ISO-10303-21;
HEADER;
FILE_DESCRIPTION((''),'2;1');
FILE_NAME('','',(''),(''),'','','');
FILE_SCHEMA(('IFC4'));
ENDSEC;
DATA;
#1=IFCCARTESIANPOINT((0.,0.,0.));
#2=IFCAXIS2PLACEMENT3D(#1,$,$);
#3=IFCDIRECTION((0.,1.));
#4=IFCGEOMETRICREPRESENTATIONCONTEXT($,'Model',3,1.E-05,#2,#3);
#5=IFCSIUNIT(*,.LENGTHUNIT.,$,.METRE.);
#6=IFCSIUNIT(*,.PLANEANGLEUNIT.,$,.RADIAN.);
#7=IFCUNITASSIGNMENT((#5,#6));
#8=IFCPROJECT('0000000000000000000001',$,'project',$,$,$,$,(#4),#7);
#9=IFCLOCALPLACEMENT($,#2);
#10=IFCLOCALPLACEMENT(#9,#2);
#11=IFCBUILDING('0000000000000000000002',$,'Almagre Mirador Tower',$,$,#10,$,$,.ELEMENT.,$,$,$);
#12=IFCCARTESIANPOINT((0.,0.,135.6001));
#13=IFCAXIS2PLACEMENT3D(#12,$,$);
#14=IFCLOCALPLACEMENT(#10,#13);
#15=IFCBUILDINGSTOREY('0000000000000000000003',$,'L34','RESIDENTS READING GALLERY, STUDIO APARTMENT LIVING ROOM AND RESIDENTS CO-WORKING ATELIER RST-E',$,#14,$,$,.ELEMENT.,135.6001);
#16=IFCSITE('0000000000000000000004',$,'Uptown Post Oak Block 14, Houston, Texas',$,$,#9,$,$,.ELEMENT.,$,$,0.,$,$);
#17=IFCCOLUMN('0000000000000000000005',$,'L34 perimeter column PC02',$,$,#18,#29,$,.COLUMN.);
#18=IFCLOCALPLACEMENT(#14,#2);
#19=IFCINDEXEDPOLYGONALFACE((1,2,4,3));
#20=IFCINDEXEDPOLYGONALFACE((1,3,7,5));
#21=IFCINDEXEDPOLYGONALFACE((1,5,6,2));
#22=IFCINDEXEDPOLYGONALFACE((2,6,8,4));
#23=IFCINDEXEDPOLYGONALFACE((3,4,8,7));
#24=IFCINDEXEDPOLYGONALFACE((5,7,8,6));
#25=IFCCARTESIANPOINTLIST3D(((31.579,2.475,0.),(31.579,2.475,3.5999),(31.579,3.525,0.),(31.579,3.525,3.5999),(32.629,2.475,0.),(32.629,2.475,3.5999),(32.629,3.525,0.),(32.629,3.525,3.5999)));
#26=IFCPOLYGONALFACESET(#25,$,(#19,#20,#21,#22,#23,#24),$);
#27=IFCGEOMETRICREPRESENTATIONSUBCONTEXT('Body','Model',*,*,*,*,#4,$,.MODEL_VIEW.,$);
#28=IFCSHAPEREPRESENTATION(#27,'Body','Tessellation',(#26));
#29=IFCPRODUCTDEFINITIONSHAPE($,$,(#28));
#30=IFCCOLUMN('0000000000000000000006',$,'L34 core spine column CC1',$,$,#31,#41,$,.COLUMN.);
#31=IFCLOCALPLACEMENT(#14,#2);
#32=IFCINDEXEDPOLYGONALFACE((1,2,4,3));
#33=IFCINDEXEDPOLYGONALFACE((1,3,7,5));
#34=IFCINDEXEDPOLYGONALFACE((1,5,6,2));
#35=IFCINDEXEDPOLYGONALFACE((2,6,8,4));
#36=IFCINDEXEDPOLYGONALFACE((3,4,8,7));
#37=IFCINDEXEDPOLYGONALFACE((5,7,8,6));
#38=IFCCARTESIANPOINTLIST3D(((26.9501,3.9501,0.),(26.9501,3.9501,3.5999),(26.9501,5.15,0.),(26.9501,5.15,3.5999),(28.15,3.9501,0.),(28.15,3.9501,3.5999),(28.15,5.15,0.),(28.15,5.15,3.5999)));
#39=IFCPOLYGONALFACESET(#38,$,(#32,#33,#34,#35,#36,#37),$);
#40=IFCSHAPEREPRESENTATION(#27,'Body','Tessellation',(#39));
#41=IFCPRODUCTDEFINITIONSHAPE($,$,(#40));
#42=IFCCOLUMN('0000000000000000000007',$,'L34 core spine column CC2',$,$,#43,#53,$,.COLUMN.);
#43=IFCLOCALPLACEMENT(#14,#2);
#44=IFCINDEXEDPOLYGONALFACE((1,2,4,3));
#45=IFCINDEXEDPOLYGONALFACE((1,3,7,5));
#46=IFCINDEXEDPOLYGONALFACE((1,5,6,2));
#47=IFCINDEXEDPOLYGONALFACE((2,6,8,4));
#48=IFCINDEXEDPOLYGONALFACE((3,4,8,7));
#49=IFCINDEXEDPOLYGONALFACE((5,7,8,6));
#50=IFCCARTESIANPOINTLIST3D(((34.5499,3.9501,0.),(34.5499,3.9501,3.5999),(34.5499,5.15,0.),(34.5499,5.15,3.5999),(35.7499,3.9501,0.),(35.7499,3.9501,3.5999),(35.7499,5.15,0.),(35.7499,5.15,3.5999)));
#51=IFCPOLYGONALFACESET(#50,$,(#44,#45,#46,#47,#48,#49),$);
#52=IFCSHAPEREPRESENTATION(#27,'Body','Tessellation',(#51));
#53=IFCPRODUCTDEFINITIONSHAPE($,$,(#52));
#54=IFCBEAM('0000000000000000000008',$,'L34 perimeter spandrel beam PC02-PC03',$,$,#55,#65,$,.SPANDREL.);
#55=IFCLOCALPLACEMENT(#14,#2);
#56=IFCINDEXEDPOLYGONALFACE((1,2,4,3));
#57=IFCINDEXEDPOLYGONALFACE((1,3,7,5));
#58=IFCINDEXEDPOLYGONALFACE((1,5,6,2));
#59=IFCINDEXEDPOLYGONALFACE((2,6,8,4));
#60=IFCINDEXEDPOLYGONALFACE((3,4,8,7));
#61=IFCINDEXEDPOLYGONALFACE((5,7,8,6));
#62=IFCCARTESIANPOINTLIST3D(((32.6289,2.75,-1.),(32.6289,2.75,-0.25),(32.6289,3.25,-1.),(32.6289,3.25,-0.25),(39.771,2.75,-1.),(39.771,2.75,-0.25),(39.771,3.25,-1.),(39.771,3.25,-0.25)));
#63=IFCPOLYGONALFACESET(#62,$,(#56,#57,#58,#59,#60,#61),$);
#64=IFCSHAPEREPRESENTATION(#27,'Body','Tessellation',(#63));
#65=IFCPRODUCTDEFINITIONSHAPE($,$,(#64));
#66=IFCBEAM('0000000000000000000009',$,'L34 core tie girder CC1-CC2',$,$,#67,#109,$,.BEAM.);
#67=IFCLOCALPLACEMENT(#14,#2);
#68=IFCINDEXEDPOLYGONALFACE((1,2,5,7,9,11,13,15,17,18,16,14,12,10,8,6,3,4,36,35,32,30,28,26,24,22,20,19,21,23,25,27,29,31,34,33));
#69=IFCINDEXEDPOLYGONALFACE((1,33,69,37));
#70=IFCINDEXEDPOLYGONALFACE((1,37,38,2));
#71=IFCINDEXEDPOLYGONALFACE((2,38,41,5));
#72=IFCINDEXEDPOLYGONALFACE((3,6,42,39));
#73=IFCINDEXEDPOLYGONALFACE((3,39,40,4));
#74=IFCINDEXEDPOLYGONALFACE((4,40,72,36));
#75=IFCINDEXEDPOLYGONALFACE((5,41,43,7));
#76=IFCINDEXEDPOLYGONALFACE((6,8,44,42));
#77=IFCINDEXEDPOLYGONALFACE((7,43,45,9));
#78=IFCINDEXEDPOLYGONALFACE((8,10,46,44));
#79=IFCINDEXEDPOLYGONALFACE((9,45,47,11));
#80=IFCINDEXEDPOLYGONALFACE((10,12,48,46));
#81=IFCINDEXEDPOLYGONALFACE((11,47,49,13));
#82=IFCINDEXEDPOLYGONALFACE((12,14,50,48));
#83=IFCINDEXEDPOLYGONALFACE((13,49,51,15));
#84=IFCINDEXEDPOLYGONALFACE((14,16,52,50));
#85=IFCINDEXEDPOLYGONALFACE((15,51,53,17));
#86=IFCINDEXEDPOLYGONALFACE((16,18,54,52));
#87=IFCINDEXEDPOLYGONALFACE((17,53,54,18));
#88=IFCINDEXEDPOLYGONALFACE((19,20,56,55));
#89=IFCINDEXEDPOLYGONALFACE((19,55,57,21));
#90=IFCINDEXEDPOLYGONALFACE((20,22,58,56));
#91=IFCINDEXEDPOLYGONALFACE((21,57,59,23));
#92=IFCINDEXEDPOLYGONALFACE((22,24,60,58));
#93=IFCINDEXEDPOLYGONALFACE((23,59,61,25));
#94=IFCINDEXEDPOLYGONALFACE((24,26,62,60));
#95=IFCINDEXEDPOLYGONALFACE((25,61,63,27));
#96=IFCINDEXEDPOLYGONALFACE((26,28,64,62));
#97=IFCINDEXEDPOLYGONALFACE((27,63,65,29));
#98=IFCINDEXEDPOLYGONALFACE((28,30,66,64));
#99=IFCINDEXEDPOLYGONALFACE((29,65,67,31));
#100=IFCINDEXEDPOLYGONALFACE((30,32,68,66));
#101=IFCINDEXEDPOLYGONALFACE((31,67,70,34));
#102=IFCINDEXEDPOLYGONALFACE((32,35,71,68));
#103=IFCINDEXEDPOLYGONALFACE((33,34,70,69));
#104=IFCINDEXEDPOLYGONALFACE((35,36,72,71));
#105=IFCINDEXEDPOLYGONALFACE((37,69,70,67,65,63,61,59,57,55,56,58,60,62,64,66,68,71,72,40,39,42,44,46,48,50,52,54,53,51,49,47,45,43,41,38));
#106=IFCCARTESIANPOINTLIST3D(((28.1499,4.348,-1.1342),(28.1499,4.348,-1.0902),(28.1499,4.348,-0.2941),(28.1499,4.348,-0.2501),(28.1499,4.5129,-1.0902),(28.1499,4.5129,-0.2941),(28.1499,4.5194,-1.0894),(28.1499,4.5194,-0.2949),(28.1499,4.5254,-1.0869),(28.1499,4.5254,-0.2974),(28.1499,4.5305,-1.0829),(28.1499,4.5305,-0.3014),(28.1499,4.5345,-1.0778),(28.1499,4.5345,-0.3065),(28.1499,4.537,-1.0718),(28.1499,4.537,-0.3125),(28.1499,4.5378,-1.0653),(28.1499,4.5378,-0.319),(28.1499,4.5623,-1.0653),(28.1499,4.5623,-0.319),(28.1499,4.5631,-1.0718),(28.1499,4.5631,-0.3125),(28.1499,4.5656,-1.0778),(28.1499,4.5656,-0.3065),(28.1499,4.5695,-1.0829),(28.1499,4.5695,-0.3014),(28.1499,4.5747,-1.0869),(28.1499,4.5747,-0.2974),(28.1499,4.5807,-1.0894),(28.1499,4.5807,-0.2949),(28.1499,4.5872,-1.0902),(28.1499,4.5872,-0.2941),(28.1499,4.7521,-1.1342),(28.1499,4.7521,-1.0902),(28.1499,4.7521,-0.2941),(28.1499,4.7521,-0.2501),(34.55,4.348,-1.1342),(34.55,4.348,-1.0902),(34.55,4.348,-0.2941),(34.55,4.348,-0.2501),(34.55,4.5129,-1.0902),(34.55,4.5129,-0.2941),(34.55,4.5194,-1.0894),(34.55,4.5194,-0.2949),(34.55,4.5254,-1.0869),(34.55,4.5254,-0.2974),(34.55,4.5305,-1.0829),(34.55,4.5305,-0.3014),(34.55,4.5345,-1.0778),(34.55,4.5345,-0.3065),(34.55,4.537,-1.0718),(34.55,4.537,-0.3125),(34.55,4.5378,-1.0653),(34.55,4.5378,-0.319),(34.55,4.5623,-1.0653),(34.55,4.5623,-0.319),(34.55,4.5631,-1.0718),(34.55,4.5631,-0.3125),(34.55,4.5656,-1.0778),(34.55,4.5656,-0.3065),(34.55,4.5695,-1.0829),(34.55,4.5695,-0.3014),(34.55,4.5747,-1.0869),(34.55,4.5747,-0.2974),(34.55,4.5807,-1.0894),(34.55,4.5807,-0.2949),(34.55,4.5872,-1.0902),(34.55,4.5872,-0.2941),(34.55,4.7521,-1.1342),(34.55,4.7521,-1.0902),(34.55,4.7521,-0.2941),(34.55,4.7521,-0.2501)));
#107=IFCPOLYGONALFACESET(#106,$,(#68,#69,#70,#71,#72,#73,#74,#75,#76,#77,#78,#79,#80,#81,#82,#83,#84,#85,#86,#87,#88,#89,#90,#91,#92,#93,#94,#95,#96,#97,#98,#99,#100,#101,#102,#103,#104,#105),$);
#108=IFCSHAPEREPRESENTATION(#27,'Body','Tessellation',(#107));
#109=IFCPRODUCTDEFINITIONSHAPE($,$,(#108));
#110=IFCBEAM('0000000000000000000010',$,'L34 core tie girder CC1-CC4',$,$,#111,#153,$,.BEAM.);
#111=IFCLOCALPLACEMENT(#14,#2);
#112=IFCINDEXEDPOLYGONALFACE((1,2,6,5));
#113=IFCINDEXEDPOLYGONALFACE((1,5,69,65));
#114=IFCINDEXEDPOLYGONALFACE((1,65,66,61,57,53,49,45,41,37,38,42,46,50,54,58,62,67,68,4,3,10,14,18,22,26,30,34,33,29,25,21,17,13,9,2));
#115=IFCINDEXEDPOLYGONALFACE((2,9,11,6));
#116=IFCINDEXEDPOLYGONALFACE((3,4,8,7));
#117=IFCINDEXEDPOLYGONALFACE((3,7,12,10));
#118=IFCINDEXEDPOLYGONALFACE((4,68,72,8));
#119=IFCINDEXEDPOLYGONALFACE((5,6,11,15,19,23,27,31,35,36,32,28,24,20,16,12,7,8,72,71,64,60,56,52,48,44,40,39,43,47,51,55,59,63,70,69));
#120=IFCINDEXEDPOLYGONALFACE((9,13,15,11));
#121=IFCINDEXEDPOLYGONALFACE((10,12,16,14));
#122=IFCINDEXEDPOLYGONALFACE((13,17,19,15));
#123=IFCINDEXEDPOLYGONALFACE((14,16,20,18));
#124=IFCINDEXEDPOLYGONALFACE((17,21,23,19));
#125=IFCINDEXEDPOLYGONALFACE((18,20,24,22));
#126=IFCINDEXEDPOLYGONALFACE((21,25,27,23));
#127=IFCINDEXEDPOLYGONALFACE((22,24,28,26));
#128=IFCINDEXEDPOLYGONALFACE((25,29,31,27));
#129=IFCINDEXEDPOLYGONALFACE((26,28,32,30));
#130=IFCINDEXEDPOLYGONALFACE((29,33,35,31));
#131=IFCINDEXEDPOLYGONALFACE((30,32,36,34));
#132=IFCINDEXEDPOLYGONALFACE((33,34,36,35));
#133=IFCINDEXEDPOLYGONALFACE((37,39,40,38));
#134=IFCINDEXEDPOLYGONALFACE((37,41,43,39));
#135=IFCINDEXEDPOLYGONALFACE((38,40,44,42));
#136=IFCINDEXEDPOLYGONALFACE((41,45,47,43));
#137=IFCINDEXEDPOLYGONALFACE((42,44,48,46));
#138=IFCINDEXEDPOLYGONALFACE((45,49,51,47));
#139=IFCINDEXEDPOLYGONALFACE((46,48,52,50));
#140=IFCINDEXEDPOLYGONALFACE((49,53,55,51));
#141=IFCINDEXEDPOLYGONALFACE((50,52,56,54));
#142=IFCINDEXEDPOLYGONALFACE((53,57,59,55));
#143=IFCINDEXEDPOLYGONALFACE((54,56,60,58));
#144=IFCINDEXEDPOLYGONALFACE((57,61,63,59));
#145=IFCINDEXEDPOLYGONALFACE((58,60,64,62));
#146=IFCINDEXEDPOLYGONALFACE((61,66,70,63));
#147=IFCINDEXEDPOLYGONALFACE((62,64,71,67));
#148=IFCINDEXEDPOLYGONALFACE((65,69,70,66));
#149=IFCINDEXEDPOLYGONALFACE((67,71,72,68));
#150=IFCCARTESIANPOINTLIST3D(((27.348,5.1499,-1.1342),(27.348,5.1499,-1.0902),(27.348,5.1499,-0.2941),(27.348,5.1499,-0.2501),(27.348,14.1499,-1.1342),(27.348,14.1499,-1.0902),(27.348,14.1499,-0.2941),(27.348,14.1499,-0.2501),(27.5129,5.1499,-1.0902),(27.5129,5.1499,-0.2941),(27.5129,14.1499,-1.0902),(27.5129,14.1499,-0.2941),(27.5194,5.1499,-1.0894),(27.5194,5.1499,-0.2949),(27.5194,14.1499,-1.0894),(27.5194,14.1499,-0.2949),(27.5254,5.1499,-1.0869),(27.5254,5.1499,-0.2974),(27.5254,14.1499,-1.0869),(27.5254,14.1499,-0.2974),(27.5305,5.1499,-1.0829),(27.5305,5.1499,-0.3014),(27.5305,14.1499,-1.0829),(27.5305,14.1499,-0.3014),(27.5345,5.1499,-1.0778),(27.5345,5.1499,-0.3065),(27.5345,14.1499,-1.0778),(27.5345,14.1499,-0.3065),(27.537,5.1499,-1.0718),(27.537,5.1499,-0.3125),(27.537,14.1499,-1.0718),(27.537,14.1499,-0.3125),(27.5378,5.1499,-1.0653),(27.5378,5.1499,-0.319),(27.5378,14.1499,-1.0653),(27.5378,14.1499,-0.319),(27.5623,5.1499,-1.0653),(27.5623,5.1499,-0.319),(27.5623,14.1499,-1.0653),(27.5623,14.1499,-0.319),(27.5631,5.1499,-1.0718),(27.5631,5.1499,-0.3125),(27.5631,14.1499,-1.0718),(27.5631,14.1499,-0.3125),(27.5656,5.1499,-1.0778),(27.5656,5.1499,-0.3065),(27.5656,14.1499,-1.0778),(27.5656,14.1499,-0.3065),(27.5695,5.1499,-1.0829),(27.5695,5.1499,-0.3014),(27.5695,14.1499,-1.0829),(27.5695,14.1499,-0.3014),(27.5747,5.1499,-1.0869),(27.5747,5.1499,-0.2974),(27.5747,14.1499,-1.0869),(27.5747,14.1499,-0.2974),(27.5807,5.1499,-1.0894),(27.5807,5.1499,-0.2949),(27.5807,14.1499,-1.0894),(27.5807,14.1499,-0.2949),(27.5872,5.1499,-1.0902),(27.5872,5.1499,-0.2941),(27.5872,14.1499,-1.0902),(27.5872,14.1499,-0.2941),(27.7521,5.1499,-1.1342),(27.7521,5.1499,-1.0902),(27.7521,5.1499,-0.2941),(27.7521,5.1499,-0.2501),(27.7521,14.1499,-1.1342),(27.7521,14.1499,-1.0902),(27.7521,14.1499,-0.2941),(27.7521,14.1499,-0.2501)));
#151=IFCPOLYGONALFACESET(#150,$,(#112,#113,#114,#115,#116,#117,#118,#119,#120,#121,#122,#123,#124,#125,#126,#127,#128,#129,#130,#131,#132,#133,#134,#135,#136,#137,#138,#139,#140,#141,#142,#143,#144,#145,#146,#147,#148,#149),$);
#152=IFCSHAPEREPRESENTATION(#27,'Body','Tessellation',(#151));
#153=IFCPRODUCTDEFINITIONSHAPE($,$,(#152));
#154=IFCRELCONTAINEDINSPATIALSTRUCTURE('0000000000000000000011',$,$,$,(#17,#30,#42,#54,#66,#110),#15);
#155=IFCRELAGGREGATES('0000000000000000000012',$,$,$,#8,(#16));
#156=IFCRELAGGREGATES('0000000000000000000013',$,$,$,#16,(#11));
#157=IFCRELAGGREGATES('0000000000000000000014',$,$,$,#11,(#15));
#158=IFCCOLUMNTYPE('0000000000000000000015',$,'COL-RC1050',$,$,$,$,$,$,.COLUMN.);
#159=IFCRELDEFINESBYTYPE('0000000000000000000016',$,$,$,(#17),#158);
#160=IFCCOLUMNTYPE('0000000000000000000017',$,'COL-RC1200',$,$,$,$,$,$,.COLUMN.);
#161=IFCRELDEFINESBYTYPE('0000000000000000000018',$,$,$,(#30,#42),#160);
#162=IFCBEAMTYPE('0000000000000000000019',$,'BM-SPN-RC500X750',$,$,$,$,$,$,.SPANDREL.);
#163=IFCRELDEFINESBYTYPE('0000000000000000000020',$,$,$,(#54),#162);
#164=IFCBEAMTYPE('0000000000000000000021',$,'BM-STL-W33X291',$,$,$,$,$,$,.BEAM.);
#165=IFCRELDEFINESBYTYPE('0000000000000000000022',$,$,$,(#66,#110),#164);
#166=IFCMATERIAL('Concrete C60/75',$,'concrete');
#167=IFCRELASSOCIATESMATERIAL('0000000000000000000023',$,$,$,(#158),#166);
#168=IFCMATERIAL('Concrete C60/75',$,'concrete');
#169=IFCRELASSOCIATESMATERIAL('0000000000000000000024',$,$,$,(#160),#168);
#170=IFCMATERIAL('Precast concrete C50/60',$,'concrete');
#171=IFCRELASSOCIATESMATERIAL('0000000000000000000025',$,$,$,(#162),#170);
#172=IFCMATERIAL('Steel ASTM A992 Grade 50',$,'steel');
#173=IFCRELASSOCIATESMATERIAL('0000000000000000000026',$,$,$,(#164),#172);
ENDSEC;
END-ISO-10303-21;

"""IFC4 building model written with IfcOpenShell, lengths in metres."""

from ifc_helpers import new_model, si_unit, direction, frame, origin, origin_2d, place, context, subcontext, project, spatial, rectangle, i_section, extrude, material, material_profile, profile_set, type_object, element, save


model = new_model("IFC4")

# Units and contexts
model_context = context("Model", 3, precision=1e-05, world=origin(), true_north=direction((0.0, 1.0)))
body_context = subcontext(model_context, "Body", "Model", "MODEL_VIEW")
ifc_project = project(units=[si_unit("LENGTHUNIT", "METRE"), si_unit("PLANEANGLEUNIT", "RADIAN")], contexts=[model_context])

# Site, building, storey
site_placement = place(None, origin())
site = spatial("IfcSite", under=ifc_project, at=site_placement, Name="Uptown Post Oak Block 14, Houston, Texas", CompositionType="ELEMENT", RefElevation=0.0)
building_placement = place(site_placement, origin())
building = spatial("IfcBuilding", under=site, at=building_placement, Name="Almagre Mirador Tower", CompositionType="ELEMENT")
storey_placement = place(building_placement, frame((0.0, 0.0, 135.6001)))
storey = spatial("IfcBuildingStorey", under=building, at=storey_placement, Name="L34", Description="RESIDENTS READING GALLERY, STUDIO APARTMENT LIVING ROOM AND RESIDENTS CO-WORKING ATELIER RST-E", CompositionType="ELEMENT", Elevation=135.6001)

# Columns
ifc_material_1 = material(Name="Concrete C60/75", Category="concrete")
ifc_material_profile_1 = material_profile(ifc_material_1, rectangle(XDim=1.05, YDim=1.05, at=origin_2d()), Name="RC1050X1050")
ifc_profile_set_1 = profile_set([ifc_material_profile_1], Name="Concrete C60/75")
column_type_1 = type_object("IfcColumnType", Name="COL-RC1050", PredefinedType="COLUMN", material=ifc_profile_set_1)
column_placement = place(storey_placement, frame((32.104, 3.0, 0.0), z_axis=(0.0, 0.0, 1.0), x_axis=(1.0, 0.0, 0.0)))
element("IfcColumn", 1, at=column_placement, inside=storey, type_object=column_type_1, Name="L34 perimeter column PC02", PredefinedType="COLUMN", context=body_context, shape_type="SweptSolid", body=[
    extrude(rectangle(XDim=1.05, YDim=1.05, at=origin_2d()), origin(), (0.0, 0.0, 1.0), 3.5999),
])
ifc_material_2 = material(Name="Concrete C60/75", Category="concrete")
ifc_material_profile_2 = material_profile(ifc_material_2, rectangle(XDim=1.2, YDim=1.2, at=origin_2d()), Name="RC1200X1200")
ifc_profile_set_2 = profile_set([ifc_material_profile_2], Name="Concrete C60/75")
column_type_2 = type_object("IfcColumnType", Name="COL-RC1200", PredefinedType="COLUMN", material=ifc_profile_set_2)
for number, where, z_axis, x_axis, name in (
    (2, (27.55, 4.55, 0.0), (0.0, 0.0, 1.0), (1.0, 0.0, 0.0), "L34 core spine column CC1"),
    (3, (35.1499, 4.55, 0.0), (0.0, 0.0, 1.0), (1.0, 0.0, 0.0), "L34 core spine column CC2"),
):
    element("IfcColumn", number, at=place(storey_placement, frame(where, z_axis=z_axis, x_axis=x_axis)), inside=storey, type_object=column_type_2, Name=name, PredefinedType="COLUMN", context=body_context, shape_type="SweptSolid", body=[
        extrude(rectangle(XDim=1.2, YDim=1.2, at=origin_2d()), origin(), (0.0, 0.0, 1.0), 3.5999),
    ])

# Beams
ifc_material_3 = material(Name="Precast concrete C50/60", Category="concrete")
ifc_material_profile_3 = material_profile(ifc_material_3, rectangle(XDim=0.5, YDim=0.75, at=origin_2d()), Name="RC500X750")
ifc_profile_set_3 = profile_set([ifc_material_profile_3], Name="Precast concrete C50/60")
beam_type_1 = type_object("IfcBeamType", Name="BM-SPN-RC500X750", PredefinedType="SPANDREL", material=ifc_profile_set_3)
beam_1_placement = place(storey_placement, frame((32.6289, 3.0, -0.625), z_axis=(1.0, 0.0, 0.0), x_axis=(0.0, 1.0, 0.0)))
element("IfcBeam", 4, at=beam_1_placement, inside=storey, type_object=beam_type_1, Name="L34 perimeter spandrel beam PC02-PC03", PredefinedType="SPANDREL", context=body_context, shape_type="SweptSolid", body=[
    extrude(rectangle(XDim=0.5, YDim=0.75, at=origin_2d()), origin(), (0.0, 0.0, 1.0), 7.1421),
])
ifc_material_4 = material(Name="Steel ASTM A992 Grade 50", Category="steel")
ifc_material_profile_4 = material_profile(ifc_material_4, i_section(OverallWidth=0.4041, OverallDepth=0.884, WebThickness=0.0244, FlangeThickness=0.0439, FilletRadius=0.0249, at=origin_2d()), Name="W33X291")
ifc_profile_set_4 = profile_set([ifc_material_profile_4], Name="Steel ASTM A992 Grade 50")
beam_type_2 = type_object("IfcBeamType", Name="BM-STL-W33X291", PredefinedType="BEAM", material=ifc_profile_set_4)
beam_2_placement = place(storey_placement, frame((28.1499, 4.55, -0.6921), z_axis=(1.0, 0.0, 0.0), x_axis=(0.0, 1.0, 0.0)))
element("IfcBeam", 5, at=beam_2_placement, inside=storey, type_object=beam_type_2, Name="L34 core tie girder CC1-CC2", PredefinedType="BEAM", context=body_context, shape_type="SweptSolid", body=[
    extrude(i_section(OverallWidth=0.4041, OverallDepth=0.884, WebThickness=0.0244, FlangeThickness=0.0439, FilletRadius=0.0249, at=origin_2d()), origin(), (0.0, 0.0, 1.0), 6.4001),
])
beam_3_placement = place(storey_placement, frame((27.55, 5.1499, -0.6921), z_axis=(0.0, 1.0, 0.0), x_axis=(-1.0, 0.0, 0.0)))
element("IfcBeam", 6, at=beam_3_placement, inside=storey, type_object=beam_type_2, Name="L34 core tie girder CC1-CC4", PredefinedType="BEAM", context=body_context, shape_type="SweptSolid", body=[
    extrude(i_section(OverallWidth=0.4041, OverallDepth=0.884, WebThickness=0.0244, FlangeThickness=0.0439, FilletRadius=0.0249, at=origin_2d()), origin(), (0.0, 0.0, 1.0), 9.0),
])

save(model, "model.ifc")
